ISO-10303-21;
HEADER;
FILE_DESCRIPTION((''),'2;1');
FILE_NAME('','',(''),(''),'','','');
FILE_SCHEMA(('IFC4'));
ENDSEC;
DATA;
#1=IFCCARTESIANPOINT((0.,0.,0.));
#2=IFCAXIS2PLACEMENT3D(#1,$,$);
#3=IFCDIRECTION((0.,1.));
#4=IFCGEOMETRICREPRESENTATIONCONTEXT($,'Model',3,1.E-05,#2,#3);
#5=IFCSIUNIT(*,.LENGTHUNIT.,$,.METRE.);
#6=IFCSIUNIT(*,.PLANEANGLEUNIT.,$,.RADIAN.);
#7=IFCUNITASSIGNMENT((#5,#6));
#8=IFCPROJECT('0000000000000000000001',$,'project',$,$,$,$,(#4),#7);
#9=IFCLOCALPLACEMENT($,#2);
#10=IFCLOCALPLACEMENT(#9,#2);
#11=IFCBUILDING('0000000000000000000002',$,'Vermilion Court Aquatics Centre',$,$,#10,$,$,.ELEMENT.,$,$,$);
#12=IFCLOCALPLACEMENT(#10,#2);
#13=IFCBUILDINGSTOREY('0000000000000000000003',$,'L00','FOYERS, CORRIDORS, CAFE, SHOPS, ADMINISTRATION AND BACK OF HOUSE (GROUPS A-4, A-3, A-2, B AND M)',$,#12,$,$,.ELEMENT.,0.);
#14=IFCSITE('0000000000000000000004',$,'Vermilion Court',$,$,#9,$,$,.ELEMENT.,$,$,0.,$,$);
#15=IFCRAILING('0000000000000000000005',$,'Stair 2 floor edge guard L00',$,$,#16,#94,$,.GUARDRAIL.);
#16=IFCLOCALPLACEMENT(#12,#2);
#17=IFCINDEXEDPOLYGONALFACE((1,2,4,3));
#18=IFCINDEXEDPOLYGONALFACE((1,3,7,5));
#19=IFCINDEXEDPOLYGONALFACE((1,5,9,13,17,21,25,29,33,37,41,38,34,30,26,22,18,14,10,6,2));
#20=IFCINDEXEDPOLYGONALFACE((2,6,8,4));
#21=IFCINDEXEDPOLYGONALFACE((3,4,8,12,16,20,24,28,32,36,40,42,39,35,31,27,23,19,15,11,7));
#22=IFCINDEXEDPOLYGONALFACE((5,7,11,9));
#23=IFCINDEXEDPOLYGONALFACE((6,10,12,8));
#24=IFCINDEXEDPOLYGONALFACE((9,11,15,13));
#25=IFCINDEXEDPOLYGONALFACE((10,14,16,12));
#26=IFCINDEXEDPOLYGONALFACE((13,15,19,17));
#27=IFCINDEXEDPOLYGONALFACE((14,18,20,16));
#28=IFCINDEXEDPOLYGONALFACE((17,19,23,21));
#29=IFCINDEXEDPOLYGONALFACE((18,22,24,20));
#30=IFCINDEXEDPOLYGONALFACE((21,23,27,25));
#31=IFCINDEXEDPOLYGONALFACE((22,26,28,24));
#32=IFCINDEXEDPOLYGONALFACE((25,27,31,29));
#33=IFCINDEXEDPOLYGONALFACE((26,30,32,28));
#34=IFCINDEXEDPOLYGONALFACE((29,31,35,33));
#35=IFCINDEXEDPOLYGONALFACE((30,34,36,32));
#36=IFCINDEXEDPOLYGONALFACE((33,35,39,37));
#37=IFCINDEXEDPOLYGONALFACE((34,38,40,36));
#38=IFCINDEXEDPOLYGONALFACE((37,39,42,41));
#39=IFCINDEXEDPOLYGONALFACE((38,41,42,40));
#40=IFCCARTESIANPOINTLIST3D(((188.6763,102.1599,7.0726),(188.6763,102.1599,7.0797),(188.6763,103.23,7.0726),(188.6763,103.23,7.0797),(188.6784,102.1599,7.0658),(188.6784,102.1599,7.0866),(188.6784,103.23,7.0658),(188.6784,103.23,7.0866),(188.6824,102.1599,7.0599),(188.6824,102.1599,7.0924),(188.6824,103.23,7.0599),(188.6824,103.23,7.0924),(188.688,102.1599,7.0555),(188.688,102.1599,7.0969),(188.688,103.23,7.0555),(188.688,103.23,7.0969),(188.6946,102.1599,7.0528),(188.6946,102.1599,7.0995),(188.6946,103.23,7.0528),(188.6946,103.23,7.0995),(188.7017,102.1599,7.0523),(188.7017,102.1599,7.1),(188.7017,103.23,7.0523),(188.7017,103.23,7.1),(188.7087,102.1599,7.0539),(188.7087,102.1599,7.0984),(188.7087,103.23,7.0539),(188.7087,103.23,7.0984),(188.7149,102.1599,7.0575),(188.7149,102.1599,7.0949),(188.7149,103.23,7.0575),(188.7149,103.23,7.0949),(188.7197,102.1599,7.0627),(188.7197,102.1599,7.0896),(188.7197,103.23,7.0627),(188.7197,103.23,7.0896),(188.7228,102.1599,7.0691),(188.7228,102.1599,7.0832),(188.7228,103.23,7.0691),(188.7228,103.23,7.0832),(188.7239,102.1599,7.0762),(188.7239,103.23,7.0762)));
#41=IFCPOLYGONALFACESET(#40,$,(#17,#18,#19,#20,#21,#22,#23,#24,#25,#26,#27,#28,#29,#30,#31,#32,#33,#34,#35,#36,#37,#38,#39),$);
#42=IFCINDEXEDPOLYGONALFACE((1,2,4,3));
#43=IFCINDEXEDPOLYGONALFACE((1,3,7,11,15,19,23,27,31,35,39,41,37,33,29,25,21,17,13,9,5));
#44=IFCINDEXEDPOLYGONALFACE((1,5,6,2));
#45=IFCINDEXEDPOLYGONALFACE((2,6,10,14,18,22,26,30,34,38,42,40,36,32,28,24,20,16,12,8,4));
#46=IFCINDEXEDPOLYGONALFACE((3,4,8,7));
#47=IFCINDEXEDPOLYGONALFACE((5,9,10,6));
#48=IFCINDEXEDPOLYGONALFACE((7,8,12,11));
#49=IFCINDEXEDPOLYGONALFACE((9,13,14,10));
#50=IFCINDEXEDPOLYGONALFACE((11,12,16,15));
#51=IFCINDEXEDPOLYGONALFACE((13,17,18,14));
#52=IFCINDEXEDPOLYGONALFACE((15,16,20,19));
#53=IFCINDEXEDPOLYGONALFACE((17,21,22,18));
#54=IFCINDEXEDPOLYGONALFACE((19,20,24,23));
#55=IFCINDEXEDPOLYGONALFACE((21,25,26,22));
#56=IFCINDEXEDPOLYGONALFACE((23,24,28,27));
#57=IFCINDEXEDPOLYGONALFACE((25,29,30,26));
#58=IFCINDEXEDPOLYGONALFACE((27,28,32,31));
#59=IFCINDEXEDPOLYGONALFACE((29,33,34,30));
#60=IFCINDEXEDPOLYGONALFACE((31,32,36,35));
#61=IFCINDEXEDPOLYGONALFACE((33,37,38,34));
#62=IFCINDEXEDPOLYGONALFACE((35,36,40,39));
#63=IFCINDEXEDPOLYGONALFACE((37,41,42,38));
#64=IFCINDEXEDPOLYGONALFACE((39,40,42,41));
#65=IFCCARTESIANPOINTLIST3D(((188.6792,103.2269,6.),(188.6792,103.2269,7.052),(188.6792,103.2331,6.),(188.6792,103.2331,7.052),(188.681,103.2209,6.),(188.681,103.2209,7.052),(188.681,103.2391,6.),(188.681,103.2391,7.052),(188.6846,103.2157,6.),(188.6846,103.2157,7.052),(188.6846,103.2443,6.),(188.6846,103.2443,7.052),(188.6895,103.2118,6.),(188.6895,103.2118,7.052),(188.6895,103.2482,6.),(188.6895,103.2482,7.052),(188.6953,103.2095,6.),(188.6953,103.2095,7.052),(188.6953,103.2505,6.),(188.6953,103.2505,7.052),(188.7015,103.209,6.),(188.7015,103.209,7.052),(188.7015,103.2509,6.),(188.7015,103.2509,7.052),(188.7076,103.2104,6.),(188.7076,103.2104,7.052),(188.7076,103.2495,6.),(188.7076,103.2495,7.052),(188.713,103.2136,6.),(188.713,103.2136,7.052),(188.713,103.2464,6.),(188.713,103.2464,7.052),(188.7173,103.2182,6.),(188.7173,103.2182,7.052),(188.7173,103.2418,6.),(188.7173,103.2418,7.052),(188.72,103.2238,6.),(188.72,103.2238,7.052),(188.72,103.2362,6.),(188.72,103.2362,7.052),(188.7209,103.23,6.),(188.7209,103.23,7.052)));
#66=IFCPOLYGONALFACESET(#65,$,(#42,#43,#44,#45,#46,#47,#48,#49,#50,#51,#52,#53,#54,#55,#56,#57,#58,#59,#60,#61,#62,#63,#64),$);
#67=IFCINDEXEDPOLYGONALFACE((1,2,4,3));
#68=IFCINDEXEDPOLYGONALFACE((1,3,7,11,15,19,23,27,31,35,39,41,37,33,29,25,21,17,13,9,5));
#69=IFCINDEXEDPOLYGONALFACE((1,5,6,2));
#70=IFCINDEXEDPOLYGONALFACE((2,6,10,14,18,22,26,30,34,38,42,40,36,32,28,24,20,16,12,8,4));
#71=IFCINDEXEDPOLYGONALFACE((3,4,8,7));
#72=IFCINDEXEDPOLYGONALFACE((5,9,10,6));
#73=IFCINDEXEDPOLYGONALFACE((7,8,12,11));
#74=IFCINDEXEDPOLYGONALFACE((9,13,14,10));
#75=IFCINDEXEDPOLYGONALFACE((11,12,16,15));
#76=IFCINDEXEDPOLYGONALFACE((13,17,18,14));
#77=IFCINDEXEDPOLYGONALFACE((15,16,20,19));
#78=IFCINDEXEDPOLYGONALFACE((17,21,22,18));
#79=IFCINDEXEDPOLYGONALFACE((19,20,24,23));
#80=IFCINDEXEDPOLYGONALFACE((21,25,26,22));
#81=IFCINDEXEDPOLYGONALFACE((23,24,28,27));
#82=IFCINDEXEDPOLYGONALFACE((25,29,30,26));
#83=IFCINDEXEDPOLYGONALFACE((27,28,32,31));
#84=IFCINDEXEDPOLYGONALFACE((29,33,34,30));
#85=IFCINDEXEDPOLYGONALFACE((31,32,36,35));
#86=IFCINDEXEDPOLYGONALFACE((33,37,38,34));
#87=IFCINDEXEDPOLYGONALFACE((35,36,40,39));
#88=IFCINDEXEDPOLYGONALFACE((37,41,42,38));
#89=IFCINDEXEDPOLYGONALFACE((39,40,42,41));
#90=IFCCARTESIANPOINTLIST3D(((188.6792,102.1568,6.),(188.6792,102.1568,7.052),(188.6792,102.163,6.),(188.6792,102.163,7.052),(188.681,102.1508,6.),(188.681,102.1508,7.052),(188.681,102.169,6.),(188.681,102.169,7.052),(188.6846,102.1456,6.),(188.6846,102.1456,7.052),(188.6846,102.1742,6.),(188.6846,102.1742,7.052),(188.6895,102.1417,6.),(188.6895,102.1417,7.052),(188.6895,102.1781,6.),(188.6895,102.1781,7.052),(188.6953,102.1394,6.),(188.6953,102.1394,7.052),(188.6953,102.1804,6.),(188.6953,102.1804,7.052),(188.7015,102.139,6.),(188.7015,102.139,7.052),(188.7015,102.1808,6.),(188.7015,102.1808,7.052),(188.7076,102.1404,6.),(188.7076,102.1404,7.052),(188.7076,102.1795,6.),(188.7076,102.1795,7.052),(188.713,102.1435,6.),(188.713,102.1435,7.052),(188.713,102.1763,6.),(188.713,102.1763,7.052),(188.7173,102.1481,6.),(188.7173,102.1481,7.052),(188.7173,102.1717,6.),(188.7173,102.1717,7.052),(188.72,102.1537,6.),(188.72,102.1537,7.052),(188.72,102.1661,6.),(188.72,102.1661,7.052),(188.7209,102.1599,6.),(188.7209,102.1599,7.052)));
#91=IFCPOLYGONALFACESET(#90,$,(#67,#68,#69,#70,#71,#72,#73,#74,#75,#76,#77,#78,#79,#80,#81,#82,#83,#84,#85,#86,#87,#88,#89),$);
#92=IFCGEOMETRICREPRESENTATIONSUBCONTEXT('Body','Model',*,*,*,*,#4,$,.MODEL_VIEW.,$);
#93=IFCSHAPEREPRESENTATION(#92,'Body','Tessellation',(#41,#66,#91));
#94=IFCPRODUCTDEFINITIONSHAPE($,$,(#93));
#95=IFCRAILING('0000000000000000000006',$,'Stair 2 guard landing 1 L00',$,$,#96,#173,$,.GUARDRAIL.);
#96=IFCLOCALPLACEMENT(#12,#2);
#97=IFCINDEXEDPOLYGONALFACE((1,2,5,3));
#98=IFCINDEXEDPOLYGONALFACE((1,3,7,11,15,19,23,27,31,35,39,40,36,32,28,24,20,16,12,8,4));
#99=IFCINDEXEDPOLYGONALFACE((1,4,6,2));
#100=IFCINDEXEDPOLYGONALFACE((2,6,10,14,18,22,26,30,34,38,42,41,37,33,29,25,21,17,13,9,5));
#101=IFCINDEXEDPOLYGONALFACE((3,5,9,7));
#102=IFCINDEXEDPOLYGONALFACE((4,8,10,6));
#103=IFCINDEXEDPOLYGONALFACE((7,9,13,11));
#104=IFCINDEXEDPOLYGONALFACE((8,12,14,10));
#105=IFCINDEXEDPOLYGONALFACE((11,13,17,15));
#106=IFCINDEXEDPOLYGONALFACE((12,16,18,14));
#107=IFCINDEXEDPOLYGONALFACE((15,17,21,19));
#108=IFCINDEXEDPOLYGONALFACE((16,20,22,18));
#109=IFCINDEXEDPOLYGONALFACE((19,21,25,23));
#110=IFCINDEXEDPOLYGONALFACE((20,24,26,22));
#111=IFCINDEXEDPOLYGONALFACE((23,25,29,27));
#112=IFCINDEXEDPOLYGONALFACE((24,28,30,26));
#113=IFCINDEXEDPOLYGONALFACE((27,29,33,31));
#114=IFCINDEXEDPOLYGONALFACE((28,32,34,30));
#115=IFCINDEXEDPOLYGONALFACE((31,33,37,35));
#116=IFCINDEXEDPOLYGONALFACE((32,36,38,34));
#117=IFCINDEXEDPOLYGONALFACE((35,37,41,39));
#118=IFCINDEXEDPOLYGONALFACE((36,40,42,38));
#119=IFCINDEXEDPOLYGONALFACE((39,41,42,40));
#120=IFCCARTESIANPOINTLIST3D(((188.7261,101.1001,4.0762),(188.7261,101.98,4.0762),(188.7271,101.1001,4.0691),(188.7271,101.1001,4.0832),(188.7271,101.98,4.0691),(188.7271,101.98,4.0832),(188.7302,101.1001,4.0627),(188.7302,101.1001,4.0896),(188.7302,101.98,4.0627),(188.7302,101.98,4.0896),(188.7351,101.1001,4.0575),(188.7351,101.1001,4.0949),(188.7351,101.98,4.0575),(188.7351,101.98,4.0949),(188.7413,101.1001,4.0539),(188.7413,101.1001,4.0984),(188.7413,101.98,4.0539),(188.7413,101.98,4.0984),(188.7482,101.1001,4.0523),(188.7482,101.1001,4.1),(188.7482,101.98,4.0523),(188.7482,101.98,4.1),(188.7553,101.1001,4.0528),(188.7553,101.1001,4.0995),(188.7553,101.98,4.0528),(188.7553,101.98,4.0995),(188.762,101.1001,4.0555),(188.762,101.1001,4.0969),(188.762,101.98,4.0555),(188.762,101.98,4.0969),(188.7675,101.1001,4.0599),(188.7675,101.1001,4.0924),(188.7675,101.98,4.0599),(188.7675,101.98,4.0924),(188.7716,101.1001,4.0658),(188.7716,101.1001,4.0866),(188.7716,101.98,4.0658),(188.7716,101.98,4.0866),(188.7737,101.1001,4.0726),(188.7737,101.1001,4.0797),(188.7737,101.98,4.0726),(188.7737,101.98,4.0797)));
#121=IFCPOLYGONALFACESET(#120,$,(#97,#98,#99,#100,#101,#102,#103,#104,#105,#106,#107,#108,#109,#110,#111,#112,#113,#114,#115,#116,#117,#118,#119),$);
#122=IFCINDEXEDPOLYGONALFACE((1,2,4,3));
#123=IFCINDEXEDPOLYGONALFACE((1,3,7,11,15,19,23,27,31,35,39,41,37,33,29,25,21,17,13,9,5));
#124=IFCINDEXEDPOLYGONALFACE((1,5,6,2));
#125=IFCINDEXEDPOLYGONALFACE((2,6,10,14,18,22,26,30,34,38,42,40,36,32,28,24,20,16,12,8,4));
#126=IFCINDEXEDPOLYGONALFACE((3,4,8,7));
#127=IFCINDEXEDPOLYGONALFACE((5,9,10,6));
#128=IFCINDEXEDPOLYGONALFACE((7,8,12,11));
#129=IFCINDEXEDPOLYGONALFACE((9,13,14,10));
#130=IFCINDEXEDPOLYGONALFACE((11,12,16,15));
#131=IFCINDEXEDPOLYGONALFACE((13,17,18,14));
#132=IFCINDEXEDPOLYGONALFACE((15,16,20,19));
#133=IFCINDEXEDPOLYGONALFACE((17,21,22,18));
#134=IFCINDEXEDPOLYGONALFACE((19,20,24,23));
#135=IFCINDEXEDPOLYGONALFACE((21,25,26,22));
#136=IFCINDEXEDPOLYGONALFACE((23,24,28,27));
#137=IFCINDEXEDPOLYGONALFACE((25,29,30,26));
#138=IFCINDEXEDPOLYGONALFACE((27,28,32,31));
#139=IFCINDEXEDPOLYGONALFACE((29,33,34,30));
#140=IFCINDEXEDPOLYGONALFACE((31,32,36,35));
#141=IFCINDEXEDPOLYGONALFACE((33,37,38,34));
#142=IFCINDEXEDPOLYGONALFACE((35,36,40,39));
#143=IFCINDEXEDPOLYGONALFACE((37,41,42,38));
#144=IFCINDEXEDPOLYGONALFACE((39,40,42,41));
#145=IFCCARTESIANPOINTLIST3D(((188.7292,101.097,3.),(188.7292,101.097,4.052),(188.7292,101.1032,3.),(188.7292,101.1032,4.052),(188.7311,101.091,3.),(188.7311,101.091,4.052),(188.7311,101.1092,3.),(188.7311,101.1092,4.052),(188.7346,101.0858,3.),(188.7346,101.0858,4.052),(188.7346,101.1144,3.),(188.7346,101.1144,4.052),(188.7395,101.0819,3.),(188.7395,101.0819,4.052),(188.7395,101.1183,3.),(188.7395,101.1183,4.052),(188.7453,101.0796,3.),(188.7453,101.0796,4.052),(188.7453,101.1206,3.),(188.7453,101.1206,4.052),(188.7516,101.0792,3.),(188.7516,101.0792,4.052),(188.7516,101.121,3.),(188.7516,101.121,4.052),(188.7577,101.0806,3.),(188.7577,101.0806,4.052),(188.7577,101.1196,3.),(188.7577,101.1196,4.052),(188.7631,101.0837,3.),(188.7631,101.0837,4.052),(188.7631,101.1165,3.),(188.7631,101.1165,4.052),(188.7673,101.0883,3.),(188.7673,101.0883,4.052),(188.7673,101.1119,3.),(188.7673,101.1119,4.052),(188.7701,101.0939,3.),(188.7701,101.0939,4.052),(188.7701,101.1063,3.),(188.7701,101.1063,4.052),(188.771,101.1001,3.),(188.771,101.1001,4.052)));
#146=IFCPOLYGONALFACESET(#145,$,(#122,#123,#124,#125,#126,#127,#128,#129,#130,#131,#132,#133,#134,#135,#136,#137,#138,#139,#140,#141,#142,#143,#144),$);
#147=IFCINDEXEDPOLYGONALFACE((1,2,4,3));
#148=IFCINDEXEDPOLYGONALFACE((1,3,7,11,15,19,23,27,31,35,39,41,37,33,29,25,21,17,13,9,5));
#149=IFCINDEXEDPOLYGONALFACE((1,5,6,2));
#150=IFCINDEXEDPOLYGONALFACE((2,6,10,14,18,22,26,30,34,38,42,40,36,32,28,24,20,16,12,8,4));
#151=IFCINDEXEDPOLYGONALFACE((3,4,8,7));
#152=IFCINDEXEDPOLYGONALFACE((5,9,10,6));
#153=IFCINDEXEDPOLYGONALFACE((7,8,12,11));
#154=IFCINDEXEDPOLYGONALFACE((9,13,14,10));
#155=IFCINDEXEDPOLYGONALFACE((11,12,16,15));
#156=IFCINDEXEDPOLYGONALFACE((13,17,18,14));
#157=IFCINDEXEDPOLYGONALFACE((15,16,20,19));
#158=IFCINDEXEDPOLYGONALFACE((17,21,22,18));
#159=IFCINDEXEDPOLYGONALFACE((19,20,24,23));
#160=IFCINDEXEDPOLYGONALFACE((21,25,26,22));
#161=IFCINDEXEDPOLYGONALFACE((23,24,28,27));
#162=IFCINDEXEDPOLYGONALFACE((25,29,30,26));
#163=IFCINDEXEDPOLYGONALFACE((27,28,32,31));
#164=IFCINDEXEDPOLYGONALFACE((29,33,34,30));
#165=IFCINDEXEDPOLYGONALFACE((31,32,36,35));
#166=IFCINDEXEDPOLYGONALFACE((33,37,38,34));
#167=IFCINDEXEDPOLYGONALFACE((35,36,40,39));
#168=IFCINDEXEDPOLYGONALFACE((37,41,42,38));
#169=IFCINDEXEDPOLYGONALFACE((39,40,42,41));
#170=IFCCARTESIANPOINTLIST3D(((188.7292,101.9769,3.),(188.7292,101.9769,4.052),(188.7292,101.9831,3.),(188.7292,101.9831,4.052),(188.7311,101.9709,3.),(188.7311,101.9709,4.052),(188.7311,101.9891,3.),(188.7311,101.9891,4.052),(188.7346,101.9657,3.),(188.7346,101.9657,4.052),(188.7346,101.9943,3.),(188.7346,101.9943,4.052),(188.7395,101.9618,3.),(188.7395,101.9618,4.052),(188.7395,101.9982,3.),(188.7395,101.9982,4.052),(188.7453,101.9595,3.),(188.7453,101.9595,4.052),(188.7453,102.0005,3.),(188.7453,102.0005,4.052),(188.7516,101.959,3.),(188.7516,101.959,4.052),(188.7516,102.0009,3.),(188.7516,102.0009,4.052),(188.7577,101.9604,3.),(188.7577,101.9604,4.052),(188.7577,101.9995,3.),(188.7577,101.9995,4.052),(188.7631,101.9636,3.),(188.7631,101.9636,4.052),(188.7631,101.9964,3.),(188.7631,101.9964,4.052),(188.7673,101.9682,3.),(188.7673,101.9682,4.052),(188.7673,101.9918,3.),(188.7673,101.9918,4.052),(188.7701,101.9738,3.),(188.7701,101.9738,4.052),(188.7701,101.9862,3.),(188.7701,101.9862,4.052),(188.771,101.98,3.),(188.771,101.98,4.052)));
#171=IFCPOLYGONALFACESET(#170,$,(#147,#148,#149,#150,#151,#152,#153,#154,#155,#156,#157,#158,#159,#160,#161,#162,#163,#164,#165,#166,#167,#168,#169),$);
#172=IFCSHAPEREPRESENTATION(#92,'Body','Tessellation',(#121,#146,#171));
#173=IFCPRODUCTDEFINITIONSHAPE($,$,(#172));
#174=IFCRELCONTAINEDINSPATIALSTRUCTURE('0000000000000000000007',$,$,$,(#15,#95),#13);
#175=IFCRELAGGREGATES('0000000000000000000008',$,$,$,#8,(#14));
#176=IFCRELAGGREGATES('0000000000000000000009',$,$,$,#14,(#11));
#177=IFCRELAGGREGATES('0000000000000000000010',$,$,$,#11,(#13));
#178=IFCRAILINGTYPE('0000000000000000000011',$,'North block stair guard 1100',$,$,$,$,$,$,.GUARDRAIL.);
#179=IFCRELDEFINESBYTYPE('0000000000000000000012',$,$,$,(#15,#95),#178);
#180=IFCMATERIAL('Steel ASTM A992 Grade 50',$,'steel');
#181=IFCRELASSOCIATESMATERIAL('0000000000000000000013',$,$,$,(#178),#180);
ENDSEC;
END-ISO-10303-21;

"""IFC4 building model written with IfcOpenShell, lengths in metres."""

from ifc_helpers import new_model, si_unit, direction, frame, origin, origin_2d, place, context, subcontext, project, spatial, circle, extrude, material, type_object, element, save


model = new_model("IFC4")

# Units and contexts
model_context = context("Model", 3, precision=1e-05, world=origin(), true_north=direction((0.0, 1.0)))
body_context = subcontext(model_context, "Body", "Model", "MODEL_VIEW")
ifc_project = project(units=[si_unit("LENGTHUNIT", "METRE"), si_unit("PLANEANGLEUNIT", "RADIAN")], contexts=[model_context])

# Site, building, storey
site_placement = place(None, origin())
site = spatial("IfcSite", under=ifc_project, at=site_placement, Name="Vermilion Court", CompositionType="ELEMENT", RefElevation=0.0)
building_placement = place(site_placement, origin())
building = spatial("IfcBuilding", under=site, at=building_placement, Name="Vermilion Court Aquatics Centre", CompositionType="ELEMENT")
storey_placement = place(building_placement, origin())
storey = spatial("IfcBuildingStorey", under=building, at=storey_placement, Name="L00", Description="FOYERS, CORRIDORS, CAFE, SHOPS, ADMINISTRATION AND BACK OF HOUSE (GROUPS A-4, A-3, A-2, B AND M)", CompositionType="ELEMENT", Elevation=0.0)

# Railings
ifc_material_1 = material(Name="Steel ASTM A992 Grade 50", Category="steel")
railing_type_1 = type_object("IfcRailingType", Name="North block stair guard 1100", PredefinedType="GUARDRAIL", material=ifc_material_1)
railing_1_placement = place(storey_placement, frame((188.7, 103.23, 6.0)))
element("IfcRailing", 1, at=railing_1_placement, inside=storey, type_object=railing_type_1, Name="Stair 2 floor edge guard L00", PredefinedType="GUARDRAIL", context=body_context, shape_type="SweptSolid", body=[
    extrude(circle(Radius=0.0239, at=origin_2d()), frame((0.0, 0.0, 1.0762), z_axis=(0.0, -1.0, 0.0), x_axis=(1.0, 0.0, 0.0)), (0.0, 0.0, 1.0), 1.0701),
    extrude(circle(Radius=0.021, at=origin_2d()), origin(), (0.0, 0.0, 1.0), 1.052),
    extrude(circle(Radius=0.021, at=origin_2d()), frame((0.0, -1.0701, 0.0)), (0.0, 0.0, 1.0), 1.052),
])
railing_2_placement = place(storey_placement, frame((188.75, 101.1001, 3.0)))
element("IfcRailing", 2, at=railing_2_placement, inside=storey, type_object=railing_type_1, Name="Stair 2 guard landing 1 L00", PredefinedType="GUARDRAIL", context=body_context, shape_type="SweptSolid", body=[
    extrude(circle(Radius=0.0239, at=origin_2d()), frame((0.0, 0.0, 1.0762), z_axis=(0.0, 1.0, 0.0), x_axis=(-1.0, 0.0, 0.0)), (0.0, 0.0, 1.0), 0.8799),
    extrude(circle(Radius=0.021, at=origin_2d()), origin(), (0.0, 0.0, 1.0), 1.052),
    extrude(circle(Radius=0.021, at=origin_2d()), frame((0.0, 0.8799, 0.0)), (0.0, 0.0, 1.0), 1.052),
])

save(model, "model.ifc")
